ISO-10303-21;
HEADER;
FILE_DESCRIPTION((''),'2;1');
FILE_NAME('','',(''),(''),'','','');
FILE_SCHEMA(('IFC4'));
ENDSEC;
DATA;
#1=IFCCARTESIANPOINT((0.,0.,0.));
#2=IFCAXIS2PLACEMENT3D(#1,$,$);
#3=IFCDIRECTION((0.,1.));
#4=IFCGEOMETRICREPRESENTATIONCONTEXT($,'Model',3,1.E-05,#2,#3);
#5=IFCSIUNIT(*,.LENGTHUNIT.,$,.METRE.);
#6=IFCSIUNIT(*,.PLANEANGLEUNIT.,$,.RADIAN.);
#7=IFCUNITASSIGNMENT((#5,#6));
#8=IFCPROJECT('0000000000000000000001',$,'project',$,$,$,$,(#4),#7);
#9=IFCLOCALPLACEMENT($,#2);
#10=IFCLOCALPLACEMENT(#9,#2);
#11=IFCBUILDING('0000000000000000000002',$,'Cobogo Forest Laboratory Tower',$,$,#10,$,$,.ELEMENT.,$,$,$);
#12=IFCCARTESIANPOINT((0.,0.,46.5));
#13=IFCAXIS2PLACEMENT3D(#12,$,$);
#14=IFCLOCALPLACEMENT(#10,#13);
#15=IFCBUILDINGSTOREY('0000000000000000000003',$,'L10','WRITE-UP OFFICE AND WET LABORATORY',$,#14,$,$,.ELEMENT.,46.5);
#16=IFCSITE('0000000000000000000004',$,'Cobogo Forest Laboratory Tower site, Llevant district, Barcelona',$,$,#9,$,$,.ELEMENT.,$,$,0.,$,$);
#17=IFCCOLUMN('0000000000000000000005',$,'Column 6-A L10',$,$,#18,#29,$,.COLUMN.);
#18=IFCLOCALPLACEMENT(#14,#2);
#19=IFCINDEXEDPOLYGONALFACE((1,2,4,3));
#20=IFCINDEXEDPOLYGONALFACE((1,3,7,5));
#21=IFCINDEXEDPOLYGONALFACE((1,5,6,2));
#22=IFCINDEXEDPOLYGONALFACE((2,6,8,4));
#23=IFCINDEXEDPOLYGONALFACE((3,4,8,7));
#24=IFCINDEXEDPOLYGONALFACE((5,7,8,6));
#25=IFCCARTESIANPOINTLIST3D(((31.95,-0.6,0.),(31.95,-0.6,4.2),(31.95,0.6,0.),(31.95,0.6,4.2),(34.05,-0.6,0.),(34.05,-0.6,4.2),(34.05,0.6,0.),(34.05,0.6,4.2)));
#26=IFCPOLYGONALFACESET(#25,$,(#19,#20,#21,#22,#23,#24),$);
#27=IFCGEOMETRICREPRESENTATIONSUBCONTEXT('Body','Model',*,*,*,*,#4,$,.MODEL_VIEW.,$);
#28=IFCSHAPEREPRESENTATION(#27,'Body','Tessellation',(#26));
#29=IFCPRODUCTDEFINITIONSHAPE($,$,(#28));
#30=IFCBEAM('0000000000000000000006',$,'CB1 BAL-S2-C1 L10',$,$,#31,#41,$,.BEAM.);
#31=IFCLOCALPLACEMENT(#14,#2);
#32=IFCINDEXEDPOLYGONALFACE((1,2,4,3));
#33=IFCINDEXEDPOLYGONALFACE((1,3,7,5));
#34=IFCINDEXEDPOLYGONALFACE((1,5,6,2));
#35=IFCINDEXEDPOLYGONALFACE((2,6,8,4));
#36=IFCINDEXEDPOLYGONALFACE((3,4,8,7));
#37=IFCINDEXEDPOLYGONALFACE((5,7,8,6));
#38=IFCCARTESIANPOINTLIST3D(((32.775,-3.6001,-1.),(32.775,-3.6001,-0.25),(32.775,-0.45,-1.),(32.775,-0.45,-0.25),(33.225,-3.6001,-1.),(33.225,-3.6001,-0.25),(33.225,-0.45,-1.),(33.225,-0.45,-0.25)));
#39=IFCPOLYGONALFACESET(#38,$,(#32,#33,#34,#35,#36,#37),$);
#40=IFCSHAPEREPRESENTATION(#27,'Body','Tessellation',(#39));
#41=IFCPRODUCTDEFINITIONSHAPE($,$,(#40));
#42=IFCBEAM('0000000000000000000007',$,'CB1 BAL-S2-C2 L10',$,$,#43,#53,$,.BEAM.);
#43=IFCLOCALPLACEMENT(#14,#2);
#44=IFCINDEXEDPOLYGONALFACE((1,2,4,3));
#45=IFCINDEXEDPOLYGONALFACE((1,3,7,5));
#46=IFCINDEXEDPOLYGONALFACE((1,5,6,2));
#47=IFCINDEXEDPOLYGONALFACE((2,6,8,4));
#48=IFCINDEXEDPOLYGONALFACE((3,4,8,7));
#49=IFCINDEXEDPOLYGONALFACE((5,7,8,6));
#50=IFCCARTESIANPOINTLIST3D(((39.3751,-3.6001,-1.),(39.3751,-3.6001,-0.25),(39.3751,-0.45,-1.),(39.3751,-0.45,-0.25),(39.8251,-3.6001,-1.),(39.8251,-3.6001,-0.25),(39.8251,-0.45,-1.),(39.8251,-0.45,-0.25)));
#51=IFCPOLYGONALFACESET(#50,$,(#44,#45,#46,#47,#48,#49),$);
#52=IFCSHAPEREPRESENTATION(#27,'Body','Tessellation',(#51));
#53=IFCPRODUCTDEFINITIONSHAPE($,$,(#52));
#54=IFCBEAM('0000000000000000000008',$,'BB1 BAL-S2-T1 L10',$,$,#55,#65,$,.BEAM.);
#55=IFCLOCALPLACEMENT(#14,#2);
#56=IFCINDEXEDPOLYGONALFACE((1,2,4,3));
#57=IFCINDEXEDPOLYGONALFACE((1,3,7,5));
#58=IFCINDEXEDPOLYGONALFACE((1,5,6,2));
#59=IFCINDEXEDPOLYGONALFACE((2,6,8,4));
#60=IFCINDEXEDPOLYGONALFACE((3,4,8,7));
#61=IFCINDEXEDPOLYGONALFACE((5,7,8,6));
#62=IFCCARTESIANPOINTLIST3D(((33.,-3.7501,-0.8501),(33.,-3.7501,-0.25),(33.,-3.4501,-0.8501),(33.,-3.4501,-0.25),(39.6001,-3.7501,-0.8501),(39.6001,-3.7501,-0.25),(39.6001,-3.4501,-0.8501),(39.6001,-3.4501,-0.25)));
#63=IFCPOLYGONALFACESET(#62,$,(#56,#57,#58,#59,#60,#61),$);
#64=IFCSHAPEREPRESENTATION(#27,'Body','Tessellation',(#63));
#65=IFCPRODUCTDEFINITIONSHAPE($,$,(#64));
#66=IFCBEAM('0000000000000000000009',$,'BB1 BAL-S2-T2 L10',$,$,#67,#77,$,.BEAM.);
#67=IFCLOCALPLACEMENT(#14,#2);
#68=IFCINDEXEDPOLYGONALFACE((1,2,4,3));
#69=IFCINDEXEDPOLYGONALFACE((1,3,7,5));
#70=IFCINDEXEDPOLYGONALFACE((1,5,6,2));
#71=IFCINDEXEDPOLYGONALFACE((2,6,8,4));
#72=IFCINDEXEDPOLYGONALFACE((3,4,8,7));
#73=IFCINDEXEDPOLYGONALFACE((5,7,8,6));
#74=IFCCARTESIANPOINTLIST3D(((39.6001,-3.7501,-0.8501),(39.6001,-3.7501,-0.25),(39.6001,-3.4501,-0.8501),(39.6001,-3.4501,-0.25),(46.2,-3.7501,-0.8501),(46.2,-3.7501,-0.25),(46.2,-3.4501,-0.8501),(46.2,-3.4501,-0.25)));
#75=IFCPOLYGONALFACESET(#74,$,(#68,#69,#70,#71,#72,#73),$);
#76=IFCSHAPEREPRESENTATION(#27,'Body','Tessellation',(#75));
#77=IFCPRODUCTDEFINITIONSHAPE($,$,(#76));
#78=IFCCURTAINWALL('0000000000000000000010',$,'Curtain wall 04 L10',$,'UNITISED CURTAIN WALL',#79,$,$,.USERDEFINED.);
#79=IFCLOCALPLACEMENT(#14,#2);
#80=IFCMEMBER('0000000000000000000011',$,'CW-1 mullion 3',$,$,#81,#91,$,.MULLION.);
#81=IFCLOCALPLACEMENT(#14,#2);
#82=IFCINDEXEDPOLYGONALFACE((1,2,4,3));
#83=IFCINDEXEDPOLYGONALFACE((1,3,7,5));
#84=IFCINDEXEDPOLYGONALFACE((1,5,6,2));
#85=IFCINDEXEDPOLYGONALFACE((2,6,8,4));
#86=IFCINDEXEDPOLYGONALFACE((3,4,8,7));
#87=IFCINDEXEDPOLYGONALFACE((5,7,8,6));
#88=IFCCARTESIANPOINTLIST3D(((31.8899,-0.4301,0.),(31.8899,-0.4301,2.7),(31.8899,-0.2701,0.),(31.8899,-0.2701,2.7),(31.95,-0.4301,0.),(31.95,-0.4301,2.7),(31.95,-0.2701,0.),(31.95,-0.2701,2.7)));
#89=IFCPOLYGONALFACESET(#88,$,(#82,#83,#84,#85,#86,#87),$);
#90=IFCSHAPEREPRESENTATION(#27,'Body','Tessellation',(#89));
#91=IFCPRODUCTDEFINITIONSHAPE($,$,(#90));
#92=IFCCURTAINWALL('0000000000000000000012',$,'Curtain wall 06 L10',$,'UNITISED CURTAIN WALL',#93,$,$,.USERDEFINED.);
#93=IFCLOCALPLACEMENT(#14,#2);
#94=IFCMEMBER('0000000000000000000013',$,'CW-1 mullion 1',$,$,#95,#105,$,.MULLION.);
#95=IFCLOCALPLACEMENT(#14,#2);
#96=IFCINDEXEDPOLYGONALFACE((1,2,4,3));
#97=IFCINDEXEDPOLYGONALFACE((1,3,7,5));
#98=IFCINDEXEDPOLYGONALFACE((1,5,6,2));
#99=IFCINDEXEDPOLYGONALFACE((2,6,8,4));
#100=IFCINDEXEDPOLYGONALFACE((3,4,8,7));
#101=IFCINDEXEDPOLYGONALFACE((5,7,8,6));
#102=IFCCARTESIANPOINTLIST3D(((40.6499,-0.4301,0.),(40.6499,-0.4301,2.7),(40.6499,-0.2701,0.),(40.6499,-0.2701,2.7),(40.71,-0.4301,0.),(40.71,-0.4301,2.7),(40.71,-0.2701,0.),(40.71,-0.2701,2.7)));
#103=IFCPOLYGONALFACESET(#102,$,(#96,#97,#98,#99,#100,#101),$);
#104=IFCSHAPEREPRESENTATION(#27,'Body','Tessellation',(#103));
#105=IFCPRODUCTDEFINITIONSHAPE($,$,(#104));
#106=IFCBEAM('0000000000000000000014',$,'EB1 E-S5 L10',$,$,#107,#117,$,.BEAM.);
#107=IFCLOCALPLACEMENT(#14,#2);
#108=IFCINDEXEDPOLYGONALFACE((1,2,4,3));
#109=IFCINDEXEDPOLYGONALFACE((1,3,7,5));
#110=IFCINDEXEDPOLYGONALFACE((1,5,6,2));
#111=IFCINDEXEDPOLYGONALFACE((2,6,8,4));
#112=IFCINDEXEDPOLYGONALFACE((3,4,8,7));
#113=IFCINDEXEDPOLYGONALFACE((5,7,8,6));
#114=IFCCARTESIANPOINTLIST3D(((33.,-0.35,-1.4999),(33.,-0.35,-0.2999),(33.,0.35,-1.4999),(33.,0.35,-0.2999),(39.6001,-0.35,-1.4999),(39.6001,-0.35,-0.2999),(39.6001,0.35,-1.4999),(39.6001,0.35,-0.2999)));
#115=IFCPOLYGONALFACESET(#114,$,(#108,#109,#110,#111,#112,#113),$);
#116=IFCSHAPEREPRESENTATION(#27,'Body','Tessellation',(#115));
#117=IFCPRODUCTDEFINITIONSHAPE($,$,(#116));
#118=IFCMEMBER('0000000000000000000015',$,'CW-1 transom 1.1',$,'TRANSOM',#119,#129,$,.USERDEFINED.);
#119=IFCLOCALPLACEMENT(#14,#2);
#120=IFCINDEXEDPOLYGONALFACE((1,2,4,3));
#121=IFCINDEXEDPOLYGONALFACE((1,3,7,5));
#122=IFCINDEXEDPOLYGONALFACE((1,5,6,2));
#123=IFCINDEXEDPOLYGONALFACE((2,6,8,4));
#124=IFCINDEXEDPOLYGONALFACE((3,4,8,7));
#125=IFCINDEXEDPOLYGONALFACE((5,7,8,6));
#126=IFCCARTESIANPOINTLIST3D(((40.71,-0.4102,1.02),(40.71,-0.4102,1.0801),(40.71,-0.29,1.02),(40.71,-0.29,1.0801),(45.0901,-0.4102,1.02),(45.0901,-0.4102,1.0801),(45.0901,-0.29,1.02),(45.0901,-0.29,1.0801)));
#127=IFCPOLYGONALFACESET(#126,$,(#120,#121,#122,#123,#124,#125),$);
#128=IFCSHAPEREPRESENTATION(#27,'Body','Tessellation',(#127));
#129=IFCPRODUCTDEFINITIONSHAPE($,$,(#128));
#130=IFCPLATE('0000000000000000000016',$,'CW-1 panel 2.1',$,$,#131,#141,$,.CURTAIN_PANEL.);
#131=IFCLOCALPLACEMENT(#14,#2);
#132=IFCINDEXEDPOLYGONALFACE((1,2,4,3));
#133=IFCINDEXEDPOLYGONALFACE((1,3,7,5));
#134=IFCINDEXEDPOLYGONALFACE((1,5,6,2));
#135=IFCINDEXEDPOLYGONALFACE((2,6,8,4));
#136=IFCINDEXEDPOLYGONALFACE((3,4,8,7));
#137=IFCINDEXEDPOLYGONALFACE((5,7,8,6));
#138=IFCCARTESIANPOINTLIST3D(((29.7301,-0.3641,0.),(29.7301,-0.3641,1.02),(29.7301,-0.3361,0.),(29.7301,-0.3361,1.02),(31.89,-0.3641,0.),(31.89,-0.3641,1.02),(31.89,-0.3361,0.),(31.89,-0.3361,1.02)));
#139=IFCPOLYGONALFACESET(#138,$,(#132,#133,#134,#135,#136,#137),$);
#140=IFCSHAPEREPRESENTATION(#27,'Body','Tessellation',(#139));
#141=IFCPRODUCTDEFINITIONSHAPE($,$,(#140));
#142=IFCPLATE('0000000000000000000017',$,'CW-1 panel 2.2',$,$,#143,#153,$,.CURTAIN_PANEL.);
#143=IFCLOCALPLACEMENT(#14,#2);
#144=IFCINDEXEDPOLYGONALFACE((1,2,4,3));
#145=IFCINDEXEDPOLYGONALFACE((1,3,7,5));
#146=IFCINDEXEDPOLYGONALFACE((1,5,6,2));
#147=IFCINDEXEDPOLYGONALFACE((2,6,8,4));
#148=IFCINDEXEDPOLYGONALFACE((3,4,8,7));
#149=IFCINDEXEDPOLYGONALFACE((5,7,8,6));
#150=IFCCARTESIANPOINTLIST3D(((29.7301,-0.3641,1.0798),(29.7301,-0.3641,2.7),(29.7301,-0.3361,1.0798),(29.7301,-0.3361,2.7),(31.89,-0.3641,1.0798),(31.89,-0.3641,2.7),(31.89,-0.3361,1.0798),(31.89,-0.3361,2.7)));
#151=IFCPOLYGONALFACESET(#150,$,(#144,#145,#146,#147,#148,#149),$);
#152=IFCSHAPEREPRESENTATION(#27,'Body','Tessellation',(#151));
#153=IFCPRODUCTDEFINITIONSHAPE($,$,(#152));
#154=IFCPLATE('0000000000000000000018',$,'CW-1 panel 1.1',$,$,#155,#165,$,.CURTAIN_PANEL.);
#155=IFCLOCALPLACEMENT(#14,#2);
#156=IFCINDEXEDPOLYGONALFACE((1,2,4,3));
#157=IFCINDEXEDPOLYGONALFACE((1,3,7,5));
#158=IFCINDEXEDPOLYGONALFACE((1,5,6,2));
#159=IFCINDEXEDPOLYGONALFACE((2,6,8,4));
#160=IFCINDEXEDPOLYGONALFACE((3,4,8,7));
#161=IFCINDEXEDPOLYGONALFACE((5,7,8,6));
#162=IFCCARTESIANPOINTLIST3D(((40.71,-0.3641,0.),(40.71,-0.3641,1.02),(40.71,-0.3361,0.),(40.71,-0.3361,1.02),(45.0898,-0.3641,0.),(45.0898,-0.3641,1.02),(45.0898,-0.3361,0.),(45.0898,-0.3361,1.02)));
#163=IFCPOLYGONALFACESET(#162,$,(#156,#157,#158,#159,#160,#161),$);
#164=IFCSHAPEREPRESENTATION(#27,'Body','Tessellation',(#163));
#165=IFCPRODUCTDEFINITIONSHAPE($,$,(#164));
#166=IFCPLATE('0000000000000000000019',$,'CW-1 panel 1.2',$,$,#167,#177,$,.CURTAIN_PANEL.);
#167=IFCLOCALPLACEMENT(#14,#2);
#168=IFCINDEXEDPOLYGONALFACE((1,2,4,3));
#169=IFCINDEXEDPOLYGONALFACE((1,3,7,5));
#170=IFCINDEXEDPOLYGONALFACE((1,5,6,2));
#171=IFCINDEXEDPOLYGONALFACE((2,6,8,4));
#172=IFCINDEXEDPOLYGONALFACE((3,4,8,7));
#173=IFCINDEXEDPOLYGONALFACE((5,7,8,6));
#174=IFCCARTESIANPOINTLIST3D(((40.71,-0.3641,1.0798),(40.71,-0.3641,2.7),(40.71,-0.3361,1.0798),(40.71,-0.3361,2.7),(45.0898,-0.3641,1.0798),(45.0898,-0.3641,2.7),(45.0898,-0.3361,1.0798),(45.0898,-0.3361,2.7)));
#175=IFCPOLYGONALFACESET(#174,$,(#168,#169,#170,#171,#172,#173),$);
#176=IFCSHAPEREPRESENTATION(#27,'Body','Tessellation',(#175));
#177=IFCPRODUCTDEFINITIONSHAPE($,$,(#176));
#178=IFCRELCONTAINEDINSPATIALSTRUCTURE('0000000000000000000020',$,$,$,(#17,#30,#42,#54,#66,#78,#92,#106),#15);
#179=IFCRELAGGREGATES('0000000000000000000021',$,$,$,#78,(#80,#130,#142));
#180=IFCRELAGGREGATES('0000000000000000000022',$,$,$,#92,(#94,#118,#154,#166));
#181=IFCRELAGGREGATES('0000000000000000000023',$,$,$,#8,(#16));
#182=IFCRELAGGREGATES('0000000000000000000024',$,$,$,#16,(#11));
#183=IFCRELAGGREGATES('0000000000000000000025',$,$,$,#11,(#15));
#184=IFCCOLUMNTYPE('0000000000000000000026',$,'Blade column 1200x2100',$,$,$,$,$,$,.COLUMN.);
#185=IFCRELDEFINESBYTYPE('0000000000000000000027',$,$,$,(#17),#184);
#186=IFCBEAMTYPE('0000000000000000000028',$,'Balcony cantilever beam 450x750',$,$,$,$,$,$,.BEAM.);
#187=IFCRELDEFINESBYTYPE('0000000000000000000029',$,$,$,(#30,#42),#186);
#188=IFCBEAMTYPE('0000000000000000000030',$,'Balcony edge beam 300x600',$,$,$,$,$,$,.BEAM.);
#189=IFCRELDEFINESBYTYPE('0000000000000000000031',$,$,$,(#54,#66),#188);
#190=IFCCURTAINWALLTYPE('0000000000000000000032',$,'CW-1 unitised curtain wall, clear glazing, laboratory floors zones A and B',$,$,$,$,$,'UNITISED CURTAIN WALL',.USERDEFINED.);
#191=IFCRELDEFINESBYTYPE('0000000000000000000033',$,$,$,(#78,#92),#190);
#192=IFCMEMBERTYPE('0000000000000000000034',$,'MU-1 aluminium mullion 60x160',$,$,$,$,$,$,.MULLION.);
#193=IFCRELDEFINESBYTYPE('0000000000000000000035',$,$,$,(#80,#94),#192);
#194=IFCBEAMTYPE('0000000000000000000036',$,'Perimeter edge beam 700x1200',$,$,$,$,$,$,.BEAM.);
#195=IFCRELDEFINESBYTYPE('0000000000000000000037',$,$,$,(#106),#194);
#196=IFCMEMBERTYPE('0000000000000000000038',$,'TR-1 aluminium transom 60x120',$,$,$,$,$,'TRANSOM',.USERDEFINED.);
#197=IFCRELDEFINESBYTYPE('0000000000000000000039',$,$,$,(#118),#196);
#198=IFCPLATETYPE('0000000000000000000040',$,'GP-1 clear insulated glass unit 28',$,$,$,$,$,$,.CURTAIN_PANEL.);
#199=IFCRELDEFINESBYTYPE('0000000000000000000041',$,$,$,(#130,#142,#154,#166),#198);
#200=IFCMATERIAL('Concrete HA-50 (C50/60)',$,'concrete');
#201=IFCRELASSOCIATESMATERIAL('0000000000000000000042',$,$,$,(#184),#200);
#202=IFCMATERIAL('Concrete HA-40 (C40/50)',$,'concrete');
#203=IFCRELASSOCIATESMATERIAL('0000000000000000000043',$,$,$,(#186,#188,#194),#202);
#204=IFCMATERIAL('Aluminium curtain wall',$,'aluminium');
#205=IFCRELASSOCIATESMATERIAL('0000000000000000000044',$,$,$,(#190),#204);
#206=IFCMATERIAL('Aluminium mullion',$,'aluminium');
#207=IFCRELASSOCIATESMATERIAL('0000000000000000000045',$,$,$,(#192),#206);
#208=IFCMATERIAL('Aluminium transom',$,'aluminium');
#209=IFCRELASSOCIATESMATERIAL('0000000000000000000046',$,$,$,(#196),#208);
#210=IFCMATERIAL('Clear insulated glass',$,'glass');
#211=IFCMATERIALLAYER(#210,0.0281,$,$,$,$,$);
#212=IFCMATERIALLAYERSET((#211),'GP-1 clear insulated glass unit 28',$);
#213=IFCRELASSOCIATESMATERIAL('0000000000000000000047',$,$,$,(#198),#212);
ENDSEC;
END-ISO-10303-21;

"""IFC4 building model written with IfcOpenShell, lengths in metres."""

from ifc_helpers import new_model, si_unit, direction, frame, origin, origin_2d, place, context, subcontext, project, spatial, rectangle, extrude, material, layer, layer_set, material_profile, profile_set, type_object, element, aggregate, save


model = new_model("IFC4")

# Units and contexts
model_context = context("Model", 3, precision=1e-05, world=origin(), true_north=direction((0.0, 1.0)))
body_context = subcontext(model_context, "Body", "Model", "MODEL_VIEW")
ifc_project = project(units=[si_unit("LENGTHUNIT", "METRE"), si_unit("PLANEANGLEUNIT", "RADIAN")], contexts=[model_context])

# Site, building, storey
site_placement = place(None, origin())
site = spatial("IfcSite", under=ifc_project, at=site_placement, Name="Cobogo Forest Laboratory Tower site, Llevant district, Barcelona", CompositionType="ELEMENT", RefElevation=0.0)
building_placement = place(site_placement, origin())
building = spatial("IfcBuilding", under=site, at=building_placement, Name="Cobogo Forest Laboratory Tower", CompositionType="ELEMENT")
storey_placement = place(building_placement, frame((0.0, 0.0, 46.5)))
storey = spatial("IfcBuildingStorey", under=building, at=storey_placement, Name="L10", Description="WRITE-UP OFFICE AND WET LABORATORY", CompositionType="ELEMENT", Elevation=46.5)

# Column
ifc_material_1 = material(Name="Concrete HA-50 (C50/60)", Category="concrete")
ifc_material_profile_1 = material_profile(ifc_material_1, rectangle(XDim=2.1001, YDim=1.2, at=origin_2d()), Name="RC 1200x2100")
ifc_profile_set_1 = profile_set([ifc_material_profile_1], Name="Concrete HA-50 (C50/60)")
column_type = type_object("IfcColumnType", Name="Blade column 1200x2100", PredefinedType="COLUMN", material=ifc_profile_set_1)
column_placement = place(storey_placement, frame((33.0, 0.0, 0.0), z_axis=(0.0, 0.0, 1.0), x_axis=(1.0, 0.0, 0.0)))
element("IfcColumn", 1, at=column_placement, inside=storey, type_object=column_type, Name="Column 6-A L10", PredefinedType="COLUMN", context=body_context, shape_type="SweptSolid", body=[
    extrude(rectangle(XDim=2.1001, YDim=1.2, at=origin_2d()), origin(), (0.0, 0.0, 1.0), 4.2),
])

# Beams
ifc_material_2 = material(Name="Concrete HA-40 (C40/50)", Category="concrete")
ifc_material_profile_2 = material_profile(ifc_material_2, rectangle(XDim=0.45, YDim=0.75, at=origin_2d()), Name="RC 450x750")
ifc_profile_set_2 = profile_set([ifc_material_profile_2], Name="Concrete HA-40 (C40/50)")
beam_type_1 = type_object("IfcBeamType", Name="Balcony cantilever beam 450x750", PredefinedType="BEAM", material=ifc_profile_set_2)
for number, where, z_axis, x_axis, name in (
    (2, (33.0, -0.45, -0.625), (0.0, -1.0, 0.0), (1.0, 0.0, 0.0), "CB1 BAL-S2-C1 L10"),
    (3, (39.6001, -0.45, -0.625), (0.0, -1.0, 0.0), (1.0, 0.0, 0.0), "CB1 BAL-S2-C2 L10"),
):
    element("IfcBeam", number, at=place(storey_placement, frame(where, z_axis=z_axis, x_axis=x_axis)), inside=storey, type_object=beam_type_1, Name=name, PredefinedType="BEAM", context=body_context, shape_type="SweptSolid", body=[
        extrude(rectangle(XDim=0.45, YDim=0.75, at=origin_2d()), origin(), (0.0, 0.0, 1.0), 3.1501),
    ])
ifc_material_profile_3 = material_profile(ifc_material_2, rectangle(XDim=0.3, YDim=0.6001, at=origin_2d()), Name="RC 300x600")
ifc_profile_set_3 = profile_set([ifc_material_profile_3], Name="Concrete HA-40 (C40/50)")
beam_type_2 = type_object("IfcBeamType", Name="Balcony edge beam 300x600", PredefinedType="BEAM", material=ifc_profile_set_3)
beam_1_placement = place(storey_placement, frame((33.0, -3.6001, -0.55), z_axis=(1.0, 0.0, 0.0), x_axis=(0.0, 1.0, 0.0)))
element("IfcBeam", 4, at=beam_1_placement, inside=storey, type_object=beam_type_2, Name="BB1 BAL-S2-T1 L10", PredefinedType="BEAM", context=body_context, shape_type="SweptSolid", body=[
    extrude(rectangle(XDim=0.3, YDim=0.6001, at=origin_2d()), origin(), (0.0, 0.0, 1.0), 6.6001),
])
beam_2_placement = place(storey_placement, frame((39.6001, -3.6001, -0.55), z_axis=(1.0, 0.0, 0.0), x_axis=(0.0, 1.0, 0.0)))
element("IfcBeam", 5, at=beam_2_placement, inside=storey, type_object=beam_type_2, Name="BB1 BAL-S2-T2 L10", PredefinedType="BEAM", context=body_context, shape_type="SweptSolid", body=[
    extrude(rectangle(XDim=0.3, YDim=0.6001, at=origin_2d()), origin(), (0.0, 0.0, 1.0), 6.5999),
])

# Curtain walls, members
ifc_material_3 = material(Name="Aluminium curtain wall", Category="aluminium")
curtain_wall_type = type_object("IfcCurtainWallType", Name="CW-1 unitised curtain wall, clear glazing, laboratory floors zones A and B", ElementType="UNITISED CURTAIN WALL", PredefinedType="USERDEFINED", material=ifc_material_3)
curtain_wall_1_placement = place(storey_placement, origin())
curtain_wall_1 = element("IfcCurtainWall", 6, at=curtain_wall_1_placement, inside=storey, type_object=curtain_wall_type, Name="Curtain wall 04 L10", ObjectType="UNITISED CURTAIN WALL", PredefinedType="USERDEFINED")
ifc_material_4 = material(Name="Aluminium mullion", Category="aluminium")
ifc_material_profile_4 = material_profile(ifc_material_4, rectangle(XDim=0.0601, YDim=0.1599, at=origin_2d()), Name="AL 60x160")
ifc_profile_set_4 = profile_set([ifc_material_profile_4], Name="Aluminium mullion")
member_type_1 = type_object("IfcMemberType", Name="MU-1 aluminium mullion 60x160", PredefinedType="MULLION", material=ifc_profile_set_4)
member_1_placement = place(storey_placement, frame((31.9199, -0.3501, 0.0), z_axis=(0.0, 0.0, 1.0), x_axis=(1.0, 0.0, 0.0)))
member_1 = element("IfcMember", 7, at=member_1_placement, type_object=member_type_1, Name="CW-1 mullion 3", PredefinedType="MULLION", context=body_context, shape_type="SweptSolid", body=[
    extrude(rectangle(XDim=0.0601, YDim=0.1599, at=origin_2d()), origin(), (0.0, 0.0, 1.0), 2.7),
])
curtain_wall_2_placement = place(storey_placement, origin())
curtain_wall_2 = element("IfcCurtainWall", 8, at=curtain_wall_2_placement, inside=storey, type_object=curtain_wall_type, Name="Curtain wall 06 L10", ObjectType="UNITISED CURTAIN WALL", PredefinedType="USERDEFINED")
member_2_placement = place(storey_placement, frame((40.6799, -0.3501, 0.0), z_axis=(0.0, 0.0, 1.0), x_axis=(1.0, 0.0, 0.0)))
member_2 = element("IfcMember", 9, at=member_2_placement, type_object=member_type_1, Name="CW-1 mullion 1", PredefinedType="MULLION", context=body_context, shape_type="SweptSolid", body=[
    extrude(rectangle(XDim=0.0601, YDim=0.1599, at=origin_2d()), origin(), (0.0, 0.0, 1.0), 2.7),
])

# Beam
ifc_material_profile_5 = material_profile(ifc_material_2, rectangle(XDim=0.7, YDim=1.2, at=origin_2d()), Name="RC 700x1200")
ifc_profile_set_5 = profile_set([ifc_material_profile_5], Name="Concrete HA-40 (C40/50)")
beam_type_3 = type_object("IfcBeamType", Name="Perimeter edge beam 700x1200", PredefinedType="BEAM", material=ifc_profile_set_5)
beam_3_placement = place(storey_placement, frame((33.0, 0.0, -0.8999), z_axis=(1.0, 0.0, 0.0), x_axis=(0.0, 1.0, 0.0)))
element("IfcBeam", 10, at=beam_3_placement, inside=storey, type_object=beam_type_3, Name="EB1 E-S5 L10", PredefinedType="BEAM", context=body_context, shape_type="SweptSolid", body=[
    extrude(rectangle(XDim=0.7, YDim=1.2, at=origin_2d()), origin(), (0.0, 0.0, 1.0), 6.6001),
])

# Member
ifc_material_5 = material(Name="Aluminium transom", Category="aluminium")
ifc_material_profile_6 = material_profile(ifc_material_5, rectangle(XDim=0.1201, YDim=0.0601, at=origin_2d()), Name="AL 60x120")
ifc_profile_set_6 = profile_set([ifc_material_profile_6], Name="Aluminium transom")
member_type_2 = type_object("IfcMemberType", Name="TR-1 aluminium transom 60x120", ElementType="TRANSOM", PredefinedType="USERDEFINED", material=ifc_profile_set_6)
member_3_placement = place(storey_placement, frame((40.71, -0.3501, 1.05), z_axis=(1.0, 0.0, 0.0), x_axis=(0.0, 1.0, 0.0)))
member_3 = element("IfcMember", 11, at=member_3_placement, type_object=member_type_2, Name="CW-1 transom 1.1", ObjectType="TRANSOM", PredefinedType="USERDEFINED", context=body_context, shape_type="SweptSolid", body=[
    extrude(rectangle(XDim=0.1201, YDim=0.0601, at=origin_2d()), origin(), (0.0, 0.0, 1.0), 4.3801),
])

# Plates
ifc_material_6 = material(Name="Clear insulated glass", Category="glass")
ifc_layer_1 = layer(ifc_material_6, 0.0281)
ifc_layer_set_1 = layer_set([ifc_layer_1], Name="GP-1 clear insulated glass unit 28")
plate_type = type_object("IfcPlateType", Name="GP-1 clear insulated glass unit 28", PredefinedType="CURTAIN_PANEL", material=ifc_layer_set_1)
plate_1_placement = place(storey_placement, frame((30.8101, -0.3501, 0.0), z_axis=(0.0, 0.0, 1.0), x_axis=(1.0, 0.0, 0.0)))
plate_1 = element("IfcPlate", 12, at=plate_1_placement, type_object=plate_type, Name="CW-1 panel 2.1", PredefinedType="CURTAIN_PANEL", context=body_context, shape_type="SweptSolid", body=[
    extrude(rectangle(XDim=2.1599, YDim=0.0281, at=origin_2d()), origin(), (0.0, 0.0, 1.0), 1.02),
])
plate_2_placement = place(storey_placement, frame((30.8101, -0.3501, 1.0798), z_axis=(0.0, 0.0, 1.0), x_axis=(1.0, 0.0, 0.0)))
plate_2 = element("IfcPlate", 13, at=plate_2_placement, type_object=plate_type, Name="CW-1 panel 2.2", PredefinedType="CURTAIN_PANEL", context=body_context, shape_type="SweptSolid", body=[
    extrude(rectangle(XDim=2.1599, YDim=0.0281, at=origin_2d()), origin(), (0.0, 0.0, 1.0), 1.6201),
])
aggregate(curtain_wall_1, [member_1, plate_1, plate_2])
plate_3_placement = place(storey_placement, frame((42.8999, -0.3501, 0.0), z_axis=(0.0, 0.0, 1.0), x_axis=(1.0, 0.0, 0.0)))
plate_3 = element("IfcPlate", 14, at=plate_3_placement, type_object=plate_type, Name="CW-1 panel 1.1", PredefinedType="CURTAIN_PANEL", context=body_context, shape_type="SweptSolid", body=[
    extrude(rectangle(XDim=4.3799, YDim=0.0281, at=origin_2d()), origin(), (0.0, 0.0, 1.0), 1.02),
])
plate_4_placement = place(storey_placement, frame((42.8999, -0.3501, 1.0798), z_axis=(0.0, 0.0, 1.0), x_axis=(1.0, 0.0, 0.0)))
plate_4 = element("IfcPlate", 15, at=plate_4_placement, type_object=plate_type, Name="CW-1 panel 1.2", PredefinedType="CURTAIN_PANEL", context=body_context, shape_type="SweptSolid", body=[
    extrude(rectangle(XDim=4.3799, YDim=0.0281, at=origin_2d()), origin(), (0.0, 0.0, 1.0), 1.6201),
])
aggregate(curtain_wall_2, [member_2, member_3, plate_3, plate_4])

save(model, "model.ifc")
